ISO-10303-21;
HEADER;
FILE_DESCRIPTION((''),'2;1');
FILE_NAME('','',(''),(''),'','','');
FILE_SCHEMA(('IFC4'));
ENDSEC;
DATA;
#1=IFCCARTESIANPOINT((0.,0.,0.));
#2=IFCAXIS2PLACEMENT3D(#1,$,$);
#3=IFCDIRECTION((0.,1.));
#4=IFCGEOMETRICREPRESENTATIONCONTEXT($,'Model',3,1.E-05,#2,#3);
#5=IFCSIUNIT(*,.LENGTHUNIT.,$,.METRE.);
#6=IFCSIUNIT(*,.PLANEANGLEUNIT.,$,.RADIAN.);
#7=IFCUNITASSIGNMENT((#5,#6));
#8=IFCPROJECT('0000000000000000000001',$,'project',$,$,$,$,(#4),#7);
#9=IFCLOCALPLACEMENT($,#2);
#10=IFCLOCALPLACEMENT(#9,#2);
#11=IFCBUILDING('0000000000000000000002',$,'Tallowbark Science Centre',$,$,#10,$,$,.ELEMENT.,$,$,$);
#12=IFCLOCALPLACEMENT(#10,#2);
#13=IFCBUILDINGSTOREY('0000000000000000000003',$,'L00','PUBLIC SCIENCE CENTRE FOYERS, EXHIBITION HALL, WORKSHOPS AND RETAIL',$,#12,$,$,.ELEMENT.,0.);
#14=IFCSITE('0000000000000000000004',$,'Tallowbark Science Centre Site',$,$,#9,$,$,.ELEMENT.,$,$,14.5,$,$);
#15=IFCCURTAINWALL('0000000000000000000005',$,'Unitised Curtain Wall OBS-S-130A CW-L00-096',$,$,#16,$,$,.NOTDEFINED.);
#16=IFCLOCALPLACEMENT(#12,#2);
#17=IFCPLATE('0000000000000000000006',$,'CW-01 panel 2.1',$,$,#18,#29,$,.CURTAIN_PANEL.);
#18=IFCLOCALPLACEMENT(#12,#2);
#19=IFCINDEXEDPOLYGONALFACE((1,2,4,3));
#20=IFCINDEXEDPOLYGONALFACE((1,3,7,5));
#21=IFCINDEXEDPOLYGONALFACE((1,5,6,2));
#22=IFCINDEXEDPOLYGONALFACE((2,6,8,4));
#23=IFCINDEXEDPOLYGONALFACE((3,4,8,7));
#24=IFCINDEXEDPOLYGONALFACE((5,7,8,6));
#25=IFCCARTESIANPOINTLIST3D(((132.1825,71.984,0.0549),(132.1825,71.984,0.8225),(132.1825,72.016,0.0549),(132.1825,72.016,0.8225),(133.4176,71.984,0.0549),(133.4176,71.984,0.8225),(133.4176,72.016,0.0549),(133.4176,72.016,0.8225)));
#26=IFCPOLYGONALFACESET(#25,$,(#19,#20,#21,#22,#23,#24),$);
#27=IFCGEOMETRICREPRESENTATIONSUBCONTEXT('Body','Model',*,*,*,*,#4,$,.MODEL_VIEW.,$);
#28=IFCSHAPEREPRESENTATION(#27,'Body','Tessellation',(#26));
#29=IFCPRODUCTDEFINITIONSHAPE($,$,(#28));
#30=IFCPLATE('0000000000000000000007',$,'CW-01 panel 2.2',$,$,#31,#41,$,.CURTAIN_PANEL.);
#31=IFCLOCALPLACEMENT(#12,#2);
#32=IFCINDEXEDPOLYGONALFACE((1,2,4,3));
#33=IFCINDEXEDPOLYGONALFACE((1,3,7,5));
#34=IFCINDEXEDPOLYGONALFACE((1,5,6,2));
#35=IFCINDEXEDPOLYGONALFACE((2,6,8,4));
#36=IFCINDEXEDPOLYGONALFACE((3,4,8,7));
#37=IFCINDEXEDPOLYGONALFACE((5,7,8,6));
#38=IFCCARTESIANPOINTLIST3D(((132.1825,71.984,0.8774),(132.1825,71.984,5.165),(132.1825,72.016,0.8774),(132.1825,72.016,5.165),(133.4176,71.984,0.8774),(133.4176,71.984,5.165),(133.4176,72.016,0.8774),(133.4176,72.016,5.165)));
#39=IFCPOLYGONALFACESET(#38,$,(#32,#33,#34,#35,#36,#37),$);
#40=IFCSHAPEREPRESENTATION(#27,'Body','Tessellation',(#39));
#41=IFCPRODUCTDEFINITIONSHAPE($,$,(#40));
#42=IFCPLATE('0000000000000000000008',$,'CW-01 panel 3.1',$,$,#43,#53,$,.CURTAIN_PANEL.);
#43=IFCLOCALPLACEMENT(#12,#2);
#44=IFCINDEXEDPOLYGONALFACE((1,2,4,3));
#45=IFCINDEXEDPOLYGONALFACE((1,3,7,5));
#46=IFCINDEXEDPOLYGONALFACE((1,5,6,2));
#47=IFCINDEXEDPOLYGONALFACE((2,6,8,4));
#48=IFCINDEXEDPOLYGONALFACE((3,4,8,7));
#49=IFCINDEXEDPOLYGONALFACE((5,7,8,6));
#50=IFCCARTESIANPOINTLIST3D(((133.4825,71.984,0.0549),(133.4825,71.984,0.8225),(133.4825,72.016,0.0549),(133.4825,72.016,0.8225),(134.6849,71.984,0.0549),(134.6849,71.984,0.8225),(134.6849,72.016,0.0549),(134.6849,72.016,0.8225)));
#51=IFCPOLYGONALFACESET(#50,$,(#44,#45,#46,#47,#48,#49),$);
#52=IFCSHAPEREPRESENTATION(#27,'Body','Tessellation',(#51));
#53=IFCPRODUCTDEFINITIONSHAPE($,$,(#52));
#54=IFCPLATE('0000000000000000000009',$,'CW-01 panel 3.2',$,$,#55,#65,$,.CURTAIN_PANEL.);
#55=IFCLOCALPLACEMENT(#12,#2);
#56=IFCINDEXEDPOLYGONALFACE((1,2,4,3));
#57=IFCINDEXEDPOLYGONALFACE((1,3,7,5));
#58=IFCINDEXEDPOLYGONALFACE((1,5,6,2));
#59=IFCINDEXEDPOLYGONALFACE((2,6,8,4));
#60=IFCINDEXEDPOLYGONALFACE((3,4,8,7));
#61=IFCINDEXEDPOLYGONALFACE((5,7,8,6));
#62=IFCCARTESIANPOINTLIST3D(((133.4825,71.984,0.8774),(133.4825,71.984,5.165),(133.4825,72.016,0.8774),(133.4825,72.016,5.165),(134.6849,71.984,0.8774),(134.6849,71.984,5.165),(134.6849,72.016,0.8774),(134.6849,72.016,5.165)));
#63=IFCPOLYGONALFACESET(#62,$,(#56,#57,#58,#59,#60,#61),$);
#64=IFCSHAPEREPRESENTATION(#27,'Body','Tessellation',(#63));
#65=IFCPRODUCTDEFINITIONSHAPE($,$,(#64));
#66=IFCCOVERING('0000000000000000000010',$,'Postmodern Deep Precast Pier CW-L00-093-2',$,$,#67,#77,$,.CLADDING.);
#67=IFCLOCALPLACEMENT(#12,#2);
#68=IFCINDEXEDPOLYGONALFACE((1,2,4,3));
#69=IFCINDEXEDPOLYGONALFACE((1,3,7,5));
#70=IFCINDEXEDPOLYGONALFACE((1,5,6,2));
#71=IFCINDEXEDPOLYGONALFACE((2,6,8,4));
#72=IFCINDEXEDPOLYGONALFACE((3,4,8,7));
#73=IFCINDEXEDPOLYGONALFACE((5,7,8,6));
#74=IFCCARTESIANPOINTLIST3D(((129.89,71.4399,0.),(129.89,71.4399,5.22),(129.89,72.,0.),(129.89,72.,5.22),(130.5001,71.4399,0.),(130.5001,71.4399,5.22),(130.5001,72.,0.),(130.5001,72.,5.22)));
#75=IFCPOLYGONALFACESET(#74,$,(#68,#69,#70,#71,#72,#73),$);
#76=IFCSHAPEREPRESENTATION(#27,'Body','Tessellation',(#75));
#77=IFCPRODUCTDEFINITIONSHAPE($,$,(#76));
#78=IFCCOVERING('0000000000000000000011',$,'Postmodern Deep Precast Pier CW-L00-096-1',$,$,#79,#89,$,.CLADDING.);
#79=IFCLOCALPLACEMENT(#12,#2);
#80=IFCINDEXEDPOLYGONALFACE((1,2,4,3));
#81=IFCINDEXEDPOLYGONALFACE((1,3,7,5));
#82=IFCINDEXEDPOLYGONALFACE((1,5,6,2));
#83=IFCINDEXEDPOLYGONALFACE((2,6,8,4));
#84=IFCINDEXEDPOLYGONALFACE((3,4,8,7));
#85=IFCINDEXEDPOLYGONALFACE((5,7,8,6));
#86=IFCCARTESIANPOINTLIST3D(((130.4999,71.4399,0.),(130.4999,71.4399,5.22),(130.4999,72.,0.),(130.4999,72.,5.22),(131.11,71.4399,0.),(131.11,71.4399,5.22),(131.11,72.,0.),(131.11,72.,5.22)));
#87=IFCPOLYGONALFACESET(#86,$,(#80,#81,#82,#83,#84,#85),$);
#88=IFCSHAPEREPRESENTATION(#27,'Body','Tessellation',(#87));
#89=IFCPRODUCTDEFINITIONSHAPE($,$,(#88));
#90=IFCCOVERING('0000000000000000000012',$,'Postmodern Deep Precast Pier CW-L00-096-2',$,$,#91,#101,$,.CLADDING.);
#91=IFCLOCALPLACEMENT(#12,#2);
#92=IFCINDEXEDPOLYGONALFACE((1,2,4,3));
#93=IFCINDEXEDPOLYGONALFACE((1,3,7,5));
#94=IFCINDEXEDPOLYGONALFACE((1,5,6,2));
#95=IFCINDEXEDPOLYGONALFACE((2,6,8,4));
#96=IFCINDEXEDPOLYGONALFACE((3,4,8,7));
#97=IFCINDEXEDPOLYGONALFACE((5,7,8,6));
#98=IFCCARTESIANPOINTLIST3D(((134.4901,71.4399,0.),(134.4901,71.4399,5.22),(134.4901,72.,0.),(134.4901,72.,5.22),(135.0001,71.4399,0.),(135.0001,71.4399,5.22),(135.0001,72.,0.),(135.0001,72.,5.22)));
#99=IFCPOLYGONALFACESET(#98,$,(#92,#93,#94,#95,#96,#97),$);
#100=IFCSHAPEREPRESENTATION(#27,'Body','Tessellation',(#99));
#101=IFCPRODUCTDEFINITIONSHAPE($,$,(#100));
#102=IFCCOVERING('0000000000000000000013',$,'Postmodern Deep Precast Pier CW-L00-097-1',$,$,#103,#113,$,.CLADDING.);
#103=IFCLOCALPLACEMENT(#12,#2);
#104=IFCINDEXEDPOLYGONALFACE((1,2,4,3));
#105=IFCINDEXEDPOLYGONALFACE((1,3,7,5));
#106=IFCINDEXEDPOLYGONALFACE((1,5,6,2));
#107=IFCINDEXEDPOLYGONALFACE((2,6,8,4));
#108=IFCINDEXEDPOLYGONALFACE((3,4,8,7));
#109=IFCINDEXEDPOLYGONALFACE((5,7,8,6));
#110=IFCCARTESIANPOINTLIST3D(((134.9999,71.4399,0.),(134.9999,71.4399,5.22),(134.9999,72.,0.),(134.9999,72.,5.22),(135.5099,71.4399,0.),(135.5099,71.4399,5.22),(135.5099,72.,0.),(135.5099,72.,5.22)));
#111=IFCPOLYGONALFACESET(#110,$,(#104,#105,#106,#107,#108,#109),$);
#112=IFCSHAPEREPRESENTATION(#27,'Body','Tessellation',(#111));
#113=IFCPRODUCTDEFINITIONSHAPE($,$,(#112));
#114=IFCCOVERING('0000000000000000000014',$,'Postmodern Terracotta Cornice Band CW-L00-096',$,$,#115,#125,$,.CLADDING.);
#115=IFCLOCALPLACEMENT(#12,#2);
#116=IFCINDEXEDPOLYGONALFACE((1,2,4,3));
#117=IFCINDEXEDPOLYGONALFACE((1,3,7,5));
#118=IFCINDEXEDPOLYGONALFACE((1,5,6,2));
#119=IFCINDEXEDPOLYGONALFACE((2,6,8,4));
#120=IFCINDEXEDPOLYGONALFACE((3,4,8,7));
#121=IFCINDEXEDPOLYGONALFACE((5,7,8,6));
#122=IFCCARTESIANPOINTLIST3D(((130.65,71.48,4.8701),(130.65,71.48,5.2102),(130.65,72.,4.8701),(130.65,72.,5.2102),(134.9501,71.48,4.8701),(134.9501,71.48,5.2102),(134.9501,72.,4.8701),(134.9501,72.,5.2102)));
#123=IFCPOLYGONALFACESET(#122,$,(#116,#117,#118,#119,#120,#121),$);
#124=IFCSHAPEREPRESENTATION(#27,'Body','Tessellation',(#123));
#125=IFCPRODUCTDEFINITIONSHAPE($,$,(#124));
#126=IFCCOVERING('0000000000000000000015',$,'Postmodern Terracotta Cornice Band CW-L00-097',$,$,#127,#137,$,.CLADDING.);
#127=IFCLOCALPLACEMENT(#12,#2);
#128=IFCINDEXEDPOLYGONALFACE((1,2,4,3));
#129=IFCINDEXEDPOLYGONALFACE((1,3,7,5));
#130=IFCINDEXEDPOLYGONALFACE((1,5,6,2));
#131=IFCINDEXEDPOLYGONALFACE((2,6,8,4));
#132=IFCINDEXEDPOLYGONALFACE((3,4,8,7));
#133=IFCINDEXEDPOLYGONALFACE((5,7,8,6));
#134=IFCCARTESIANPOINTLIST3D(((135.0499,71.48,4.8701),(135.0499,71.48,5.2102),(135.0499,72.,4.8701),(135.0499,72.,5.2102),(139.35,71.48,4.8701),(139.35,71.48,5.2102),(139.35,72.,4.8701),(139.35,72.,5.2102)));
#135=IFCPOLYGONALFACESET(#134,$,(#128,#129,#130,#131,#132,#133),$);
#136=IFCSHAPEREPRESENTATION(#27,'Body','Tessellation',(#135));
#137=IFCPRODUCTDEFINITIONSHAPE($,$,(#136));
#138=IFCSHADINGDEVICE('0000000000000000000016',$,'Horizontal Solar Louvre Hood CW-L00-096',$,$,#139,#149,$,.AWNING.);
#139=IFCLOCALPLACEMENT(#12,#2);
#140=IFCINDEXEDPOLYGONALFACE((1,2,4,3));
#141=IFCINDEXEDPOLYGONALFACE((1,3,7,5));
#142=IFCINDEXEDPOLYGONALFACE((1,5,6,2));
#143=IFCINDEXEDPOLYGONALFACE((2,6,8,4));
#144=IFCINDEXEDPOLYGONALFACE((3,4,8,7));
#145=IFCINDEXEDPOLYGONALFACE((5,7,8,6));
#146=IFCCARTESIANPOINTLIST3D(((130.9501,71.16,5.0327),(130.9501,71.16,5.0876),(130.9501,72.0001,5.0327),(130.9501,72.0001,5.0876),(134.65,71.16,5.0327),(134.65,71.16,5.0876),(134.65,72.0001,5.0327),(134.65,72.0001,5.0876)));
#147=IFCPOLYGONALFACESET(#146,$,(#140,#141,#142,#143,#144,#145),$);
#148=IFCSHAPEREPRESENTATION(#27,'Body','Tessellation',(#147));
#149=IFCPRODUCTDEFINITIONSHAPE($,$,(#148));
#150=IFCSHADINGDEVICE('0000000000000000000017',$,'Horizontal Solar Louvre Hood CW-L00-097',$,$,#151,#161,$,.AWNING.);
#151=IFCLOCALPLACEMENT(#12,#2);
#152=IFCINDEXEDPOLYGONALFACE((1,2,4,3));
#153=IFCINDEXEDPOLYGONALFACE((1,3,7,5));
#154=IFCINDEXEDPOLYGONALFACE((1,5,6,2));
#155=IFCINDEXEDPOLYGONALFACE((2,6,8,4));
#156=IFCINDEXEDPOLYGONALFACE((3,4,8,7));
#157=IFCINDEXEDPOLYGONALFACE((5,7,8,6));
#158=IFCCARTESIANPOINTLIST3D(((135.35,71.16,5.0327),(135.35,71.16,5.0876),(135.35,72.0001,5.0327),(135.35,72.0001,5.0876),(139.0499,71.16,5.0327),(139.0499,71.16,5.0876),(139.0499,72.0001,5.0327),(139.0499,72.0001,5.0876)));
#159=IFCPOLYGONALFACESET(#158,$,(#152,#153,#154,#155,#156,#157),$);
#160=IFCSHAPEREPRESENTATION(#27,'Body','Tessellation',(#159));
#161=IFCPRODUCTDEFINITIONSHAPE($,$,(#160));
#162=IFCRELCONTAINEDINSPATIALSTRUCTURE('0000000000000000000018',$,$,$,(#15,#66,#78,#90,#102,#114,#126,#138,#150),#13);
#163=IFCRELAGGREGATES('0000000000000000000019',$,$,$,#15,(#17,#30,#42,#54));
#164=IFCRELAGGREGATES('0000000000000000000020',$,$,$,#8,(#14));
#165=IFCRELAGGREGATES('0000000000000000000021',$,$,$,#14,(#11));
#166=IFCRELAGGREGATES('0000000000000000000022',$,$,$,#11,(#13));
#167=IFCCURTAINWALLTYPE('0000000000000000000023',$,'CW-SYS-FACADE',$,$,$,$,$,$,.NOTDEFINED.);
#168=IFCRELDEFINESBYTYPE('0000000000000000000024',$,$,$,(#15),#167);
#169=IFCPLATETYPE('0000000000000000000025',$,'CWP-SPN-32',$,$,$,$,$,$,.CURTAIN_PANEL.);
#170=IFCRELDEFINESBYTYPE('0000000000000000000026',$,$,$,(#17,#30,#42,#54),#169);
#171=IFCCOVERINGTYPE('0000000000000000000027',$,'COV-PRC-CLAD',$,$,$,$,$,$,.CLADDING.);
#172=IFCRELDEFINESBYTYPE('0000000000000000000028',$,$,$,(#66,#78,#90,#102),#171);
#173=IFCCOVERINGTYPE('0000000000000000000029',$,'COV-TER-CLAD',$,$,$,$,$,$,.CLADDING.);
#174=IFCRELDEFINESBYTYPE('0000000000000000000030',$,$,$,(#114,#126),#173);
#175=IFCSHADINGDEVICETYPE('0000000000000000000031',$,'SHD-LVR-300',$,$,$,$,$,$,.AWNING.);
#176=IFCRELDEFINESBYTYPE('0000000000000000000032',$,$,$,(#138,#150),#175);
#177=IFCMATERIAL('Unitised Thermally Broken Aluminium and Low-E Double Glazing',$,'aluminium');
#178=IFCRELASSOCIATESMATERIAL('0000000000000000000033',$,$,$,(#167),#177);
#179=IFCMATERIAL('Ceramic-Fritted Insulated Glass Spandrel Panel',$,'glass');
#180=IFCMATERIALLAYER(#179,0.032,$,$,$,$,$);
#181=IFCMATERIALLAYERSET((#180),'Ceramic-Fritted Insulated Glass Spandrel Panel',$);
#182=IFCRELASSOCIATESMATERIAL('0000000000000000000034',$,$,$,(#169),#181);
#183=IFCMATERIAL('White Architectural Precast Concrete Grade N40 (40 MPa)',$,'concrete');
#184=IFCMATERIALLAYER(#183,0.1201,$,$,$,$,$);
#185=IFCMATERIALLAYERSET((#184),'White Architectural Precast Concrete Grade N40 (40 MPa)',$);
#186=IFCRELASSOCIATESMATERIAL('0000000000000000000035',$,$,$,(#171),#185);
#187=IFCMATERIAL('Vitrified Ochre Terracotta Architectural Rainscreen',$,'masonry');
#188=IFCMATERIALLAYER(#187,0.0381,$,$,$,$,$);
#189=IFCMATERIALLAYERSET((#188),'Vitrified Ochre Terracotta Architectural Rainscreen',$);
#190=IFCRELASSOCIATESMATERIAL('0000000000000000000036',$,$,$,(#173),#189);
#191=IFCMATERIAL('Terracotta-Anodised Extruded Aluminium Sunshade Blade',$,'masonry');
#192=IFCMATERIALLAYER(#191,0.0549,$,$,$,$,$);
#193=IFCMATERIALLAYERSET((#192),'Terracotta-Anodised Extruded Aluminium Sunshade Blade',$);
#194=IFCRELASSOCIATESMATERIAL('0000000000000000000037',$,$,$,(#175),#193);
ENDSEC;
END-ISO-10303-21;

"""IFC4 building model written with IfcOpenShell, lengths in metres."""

from ifc_helpers import new_model, si_unit, direction, frame, origin, origin_2d, place, context, subcontext, project, spatial, rectangle, extrude, material, layer, layer_set, type_object, element, aggregate, save


model = new_model("IFC4")

# Units and contexts
model_context = context("Model", 3, precision=1e-05, world=origin(), true_north=direction((0.0, 1.0)))
body_context = subcontext(model_context, "Body", "Model", "MODEL_VIEW")
ifc_project = project(units=[si_unit("LENGTHUNIT", "METRE"), si_unit("PLANEANGLEUNIT", "RADIAN")], contexts=[model_context])

# Site, building, storey
site_placement = place(None, origin())
site = spatial("IfcSite", under=ifc_project, at=site_placement, Name="Tallowbark Science Centre Site", CompositionType="ELEMENT", RefElevation=14.5)
building_placement = place(site_placement, origin())
building = spatial("IfcBuilding", under=site, at=building_placement, Name="Tallowbark Science Centre", CompositionType="ELEMENT")
storey_placement = place(building_placement, origin())
storey = spatial("IfcBuildingStorey", under=building, at=storey_placement, Name="L00", Description="PUBLIC SCIENCE CENTRE FOYERS, EXHIBITION HALL, WORKSHOPS AND RETAIL", CompositionType="ELEMENT", Elevation=0.0)

# Shared definitions
ifc_material_1 = material(Name="Unitised Thermally Broken Aluminium and Low-E Double Glazing", Category="aluminium")
curtain_wall_type = type_object("IfcCurtainWallType", Name="CW-SYS-FACADE", PredefinedType="NOTDEFINED", material=ifc_material_1)

# Curtain wall
curtain_wall_1_placement = place(storey_placement, origin())
curtain_wall_1 = element("IfcCurtainWall", 1, at=curtain_wall_1_placement, inside=storey, type_object=curtain_wall_type, Name="Unitised Curtain Wall OBS-S-130A CW-L00-096", PredefinedType="NOTDEFINED")

# Plates
ifc_material_2 = material(Name="Ceramic-Fritted Insulated Glass Spandrel Panel", Category="glass")
ifc_layer_1 = layer(ifc_material_2, 0.032)
ifc_layer_set_1 = layer_set([ifc_layer_1], Name="Ceramic-Fritted Insulated Glass Spandrel Panel")
plate_type = type_object("IfcPlateType", Name="CWP-SPN-32", PredefinedType="CURTAIN_PANEL", material=ifc_layer_set_1)
plate_1_placement = place(storey_placement, frame((132.8, 72.0, 0.0549), z_axis=(0.0, 0.0, 1.0), x_axis=(1.0, 0.0, 0.0)))
plate_1 = element("IfcPlate", 2, at=plate_1_placement, type_object=plate_type, Name="CW-01 panel 2.1", PredefinedType="CURTAIN_PANEL", context=body_context, shape_type="SweptSolid", body=[
    extrude(rectangle(XDim=1.2351, YDim=0.032, at=origin_2d()), origin(), (0.0, 0.0, 1.0), 0.7676),
])
plate_2_placement = place(storey_placement, frame((132.8, 72.0, 0.8774), z_axis=(0.0, 0.0, 1.0), x_axis=(1.0, 0.0, 0.0)))
plate_2 = element("IfcPlate", 3, at=plate_2_placement, type_object=plate_type, Name="CW-01 panel 2.2", PredefinedType="CURTAIN_PANEL", context=body_context, shape_type="SweptSolid", body=[
    extrude(rectangle(XDim=1.2351, YDim=0.032, at=origin_2d()), origin(), (0.0, 0.0, 1.0), 4.2876),
])
plate_3_placement = place(storey_placement, frame((134.0837, 72.0, 0.0549), z_axis=(0.0, 0.0, 1.0), x_axis=(1.0, 0.0, 0.0)))
plate_3 = element("IfcPlate", 4, at=plate_3_placement, type_object=plate_type, Name="CW-01 panel 3.1", PredefinedType="CURTAIN_PANEL", context=body_context, shape_type="SweptSolid", body=[
    extrude(rectangle(XDim=1.2024, YDim=0.032, at=origin_2d()), origin(), (0.0, 0.0, 1.0), 0.7676),
])
plate_4_placement = place(storey_placement, frame((134.0837, 72.0, 0.8774), z_axis=(0.0, 0.0, 1.0), x_axis=(1.0, 0.0, 0.0)))
plate_4 = element("IfcPlate", 5, at=plate_4_placement, type_object=plate_type, Name="CW-01 panel 3.2", PredefinedType="CURTAIN_PANEL", context=body_context, shape_type="SweptSolid", body=[
    extrude(rectangle(XDim=1.2024, YDim=0.032, at=origin_2d()), origin(), (0.0, 0.0, 1.0), 4.2876),
])
aggregate(curtain_wall_1, [plate_1, plate_2, plate_3, plate_4])

# Coverings
ifc_material_3 = material(Name="White Architectural Precast Concrete Grade N40 (40 MPa)", Category="concrete")
ifc_layer_2 = layer(ifc_material_3, 0.1201)
ifc_layer_set_2 = layer_set([ifc_layer_2], Name="White Architectural Precast Concrete Grade N40 (40 MPa)")
covering_type_1 = type_object("IfcCoveringType", Name="COV-PRC-CLAD", PredefinedType="CLADDING", material=ifc_layer_set_2)
for number, where, z_axis, x_axis, name in (
    (6, (130.1951, 71.72, 0.0), (0.0, 0.0, 1.0), (1.0, 0.0, 0.0), "Postmodern Deep Precast Pier CW-L00-093-2"),
    (7, (130.8049, 71.72, 0.0), (0.0, 0.0, 1.0), (1.0, 0.0, 0.0), "Postmodern Deep Precast Pier CW-L00-096-1"),
):
    element("IfcCovering", number, at=place(storey_placement, frame(where, z_axis=z_axis, x_axis=x_axis)), inside=storey, type_object=covering_type_1, Name=name, PredefinedType="CLADDING", context=body_context, shape_type="SweptSolid", body=[
        extrude(rectangle(XDim=0.6101, YDim=0.5601, at=origin_2d()), origin(), (0.0, 0.0, 1.0), 5.22),
    ])
for number, where, z_axis, x_axis, name in (
    (8, (134.7451, 71.72, 0.0), (0.0, 0.0, 1.0), (1.0, 0.0, 0.0), "Postmodern Deep Precast Pier CW-L00-096-2"),
    (9, (135.2549, 71.72, 0.0), (0.0, 0.0, 1.0), (1.0, 0.0, 0.0), "Postmodern Deep Precast Pier CW-L00-097-1"),
):
    element("IfcCovering", number, at=place(storey_placement, frame(where, z_axis=z_axis, x_axis=x_axis)), inside=storey, type_object=covering_type_1, Name=name, PredefinedType="CLADDING", context=body_context, shape_type="SweptSolid", body=[
        extrude(rectangle(XDim=0.51, YDim=0.5601, at=origin_2d()), origin(), (0.0, 0.0, 1.0), 5.22),
    ])
ifc_material_4 = material(Name="Vitrified Ochre Terracotta Architectural Rainscreen", Category="masonry")
ifc_layer_3 = layer(ifc_material_4, 0.0381)
ifc_layer_set_3 = layer_set([ifc_layer_3], Name="Vitrified Ochre Terracotta Architectural Rainscreen")
covering_type_2 = type_object("IfcCoveringType", Name="COV-TER-CLAD", PredefinedType="CLADDING", material=ifc_layer_set_3)
for number, where, z_axis, x_axis, name in (
    (10, (132.8, 71.74, 4.8701), (0.0, 0.0, 1.0), (1.0, 0.0, 0.0), "Postmodern Terracotta Cornice Band CW-L00-096"),
    (11, (137.2, 71.74, 4.8701), (0.0, 0.0, 1.0), (1.0, 0.0, 0.0), "Postmodern Terracotta Cornice Band CW-L00-097"),
):
    element("IfcCovering", number, at=place(storey_placement, frame(where, z_axis=z_axis, x_axis=x_axis)), inside=storey, type_object=covering_type_2, Name=name, PredefinedType="CLADDING", context=body_context, shape_type="SweptSolid", body=[
        extrude(rectangle(XDim=4.3, YDim=0.52, at=origin_2d()), origin(), (0.0, 0.0, 1.0), 0.3401),
    ])

# Shading devices
ifc_material_5 = material(Name="Terracotta-Anodised Extruded Aluminium Sunshade Blade", Category="masonry")
ifc_layer_4 = layer(ifc_material_5, 0.0549)
ifc_layer_set_4 = layer_set([ifc_layer_4], Name="Terracotta-Anodised Extruded Aluminium Sunshade Blade")
shading_device_type = type_object("IfcShadingDeviceType", Name="SHD-LVR-300", PredefinedType="AWNING", material=ifc_layer_set_4)
for number, where, z_axis, x_axis, name in (
    (12, (132.8, 71.5801, 5.0327), (0.0, 0.0, 1.0), (1.0, 0.0, 0.0), "Horizontal Solar Louvre Hood CW-L00-096"),
    (13, (137.2, 71.5801, 5.0327), (0.0, 0.0, 1.0), (1.0, 0.0, 0.0), "Horizontal Solar Louvre Hood CW-L00-097"),
):
    element("IfcShadingDevice", number, at=place(storey_placement, frame(where, z_axis=z_axis, x_axis=x_axis)), inside=storey, type_object=shading_device_type, Name=name, PredefinedType="AWNING", context=body_context, shape_type="SweptSolid", body=[
        extrude(rectangle(XDim=3.7, YDim=0.8401, at=origin_2d()), origin(), (0.0, 0.0, 1.0), 0.0549),
    ])

save(model, "model.ifc")
